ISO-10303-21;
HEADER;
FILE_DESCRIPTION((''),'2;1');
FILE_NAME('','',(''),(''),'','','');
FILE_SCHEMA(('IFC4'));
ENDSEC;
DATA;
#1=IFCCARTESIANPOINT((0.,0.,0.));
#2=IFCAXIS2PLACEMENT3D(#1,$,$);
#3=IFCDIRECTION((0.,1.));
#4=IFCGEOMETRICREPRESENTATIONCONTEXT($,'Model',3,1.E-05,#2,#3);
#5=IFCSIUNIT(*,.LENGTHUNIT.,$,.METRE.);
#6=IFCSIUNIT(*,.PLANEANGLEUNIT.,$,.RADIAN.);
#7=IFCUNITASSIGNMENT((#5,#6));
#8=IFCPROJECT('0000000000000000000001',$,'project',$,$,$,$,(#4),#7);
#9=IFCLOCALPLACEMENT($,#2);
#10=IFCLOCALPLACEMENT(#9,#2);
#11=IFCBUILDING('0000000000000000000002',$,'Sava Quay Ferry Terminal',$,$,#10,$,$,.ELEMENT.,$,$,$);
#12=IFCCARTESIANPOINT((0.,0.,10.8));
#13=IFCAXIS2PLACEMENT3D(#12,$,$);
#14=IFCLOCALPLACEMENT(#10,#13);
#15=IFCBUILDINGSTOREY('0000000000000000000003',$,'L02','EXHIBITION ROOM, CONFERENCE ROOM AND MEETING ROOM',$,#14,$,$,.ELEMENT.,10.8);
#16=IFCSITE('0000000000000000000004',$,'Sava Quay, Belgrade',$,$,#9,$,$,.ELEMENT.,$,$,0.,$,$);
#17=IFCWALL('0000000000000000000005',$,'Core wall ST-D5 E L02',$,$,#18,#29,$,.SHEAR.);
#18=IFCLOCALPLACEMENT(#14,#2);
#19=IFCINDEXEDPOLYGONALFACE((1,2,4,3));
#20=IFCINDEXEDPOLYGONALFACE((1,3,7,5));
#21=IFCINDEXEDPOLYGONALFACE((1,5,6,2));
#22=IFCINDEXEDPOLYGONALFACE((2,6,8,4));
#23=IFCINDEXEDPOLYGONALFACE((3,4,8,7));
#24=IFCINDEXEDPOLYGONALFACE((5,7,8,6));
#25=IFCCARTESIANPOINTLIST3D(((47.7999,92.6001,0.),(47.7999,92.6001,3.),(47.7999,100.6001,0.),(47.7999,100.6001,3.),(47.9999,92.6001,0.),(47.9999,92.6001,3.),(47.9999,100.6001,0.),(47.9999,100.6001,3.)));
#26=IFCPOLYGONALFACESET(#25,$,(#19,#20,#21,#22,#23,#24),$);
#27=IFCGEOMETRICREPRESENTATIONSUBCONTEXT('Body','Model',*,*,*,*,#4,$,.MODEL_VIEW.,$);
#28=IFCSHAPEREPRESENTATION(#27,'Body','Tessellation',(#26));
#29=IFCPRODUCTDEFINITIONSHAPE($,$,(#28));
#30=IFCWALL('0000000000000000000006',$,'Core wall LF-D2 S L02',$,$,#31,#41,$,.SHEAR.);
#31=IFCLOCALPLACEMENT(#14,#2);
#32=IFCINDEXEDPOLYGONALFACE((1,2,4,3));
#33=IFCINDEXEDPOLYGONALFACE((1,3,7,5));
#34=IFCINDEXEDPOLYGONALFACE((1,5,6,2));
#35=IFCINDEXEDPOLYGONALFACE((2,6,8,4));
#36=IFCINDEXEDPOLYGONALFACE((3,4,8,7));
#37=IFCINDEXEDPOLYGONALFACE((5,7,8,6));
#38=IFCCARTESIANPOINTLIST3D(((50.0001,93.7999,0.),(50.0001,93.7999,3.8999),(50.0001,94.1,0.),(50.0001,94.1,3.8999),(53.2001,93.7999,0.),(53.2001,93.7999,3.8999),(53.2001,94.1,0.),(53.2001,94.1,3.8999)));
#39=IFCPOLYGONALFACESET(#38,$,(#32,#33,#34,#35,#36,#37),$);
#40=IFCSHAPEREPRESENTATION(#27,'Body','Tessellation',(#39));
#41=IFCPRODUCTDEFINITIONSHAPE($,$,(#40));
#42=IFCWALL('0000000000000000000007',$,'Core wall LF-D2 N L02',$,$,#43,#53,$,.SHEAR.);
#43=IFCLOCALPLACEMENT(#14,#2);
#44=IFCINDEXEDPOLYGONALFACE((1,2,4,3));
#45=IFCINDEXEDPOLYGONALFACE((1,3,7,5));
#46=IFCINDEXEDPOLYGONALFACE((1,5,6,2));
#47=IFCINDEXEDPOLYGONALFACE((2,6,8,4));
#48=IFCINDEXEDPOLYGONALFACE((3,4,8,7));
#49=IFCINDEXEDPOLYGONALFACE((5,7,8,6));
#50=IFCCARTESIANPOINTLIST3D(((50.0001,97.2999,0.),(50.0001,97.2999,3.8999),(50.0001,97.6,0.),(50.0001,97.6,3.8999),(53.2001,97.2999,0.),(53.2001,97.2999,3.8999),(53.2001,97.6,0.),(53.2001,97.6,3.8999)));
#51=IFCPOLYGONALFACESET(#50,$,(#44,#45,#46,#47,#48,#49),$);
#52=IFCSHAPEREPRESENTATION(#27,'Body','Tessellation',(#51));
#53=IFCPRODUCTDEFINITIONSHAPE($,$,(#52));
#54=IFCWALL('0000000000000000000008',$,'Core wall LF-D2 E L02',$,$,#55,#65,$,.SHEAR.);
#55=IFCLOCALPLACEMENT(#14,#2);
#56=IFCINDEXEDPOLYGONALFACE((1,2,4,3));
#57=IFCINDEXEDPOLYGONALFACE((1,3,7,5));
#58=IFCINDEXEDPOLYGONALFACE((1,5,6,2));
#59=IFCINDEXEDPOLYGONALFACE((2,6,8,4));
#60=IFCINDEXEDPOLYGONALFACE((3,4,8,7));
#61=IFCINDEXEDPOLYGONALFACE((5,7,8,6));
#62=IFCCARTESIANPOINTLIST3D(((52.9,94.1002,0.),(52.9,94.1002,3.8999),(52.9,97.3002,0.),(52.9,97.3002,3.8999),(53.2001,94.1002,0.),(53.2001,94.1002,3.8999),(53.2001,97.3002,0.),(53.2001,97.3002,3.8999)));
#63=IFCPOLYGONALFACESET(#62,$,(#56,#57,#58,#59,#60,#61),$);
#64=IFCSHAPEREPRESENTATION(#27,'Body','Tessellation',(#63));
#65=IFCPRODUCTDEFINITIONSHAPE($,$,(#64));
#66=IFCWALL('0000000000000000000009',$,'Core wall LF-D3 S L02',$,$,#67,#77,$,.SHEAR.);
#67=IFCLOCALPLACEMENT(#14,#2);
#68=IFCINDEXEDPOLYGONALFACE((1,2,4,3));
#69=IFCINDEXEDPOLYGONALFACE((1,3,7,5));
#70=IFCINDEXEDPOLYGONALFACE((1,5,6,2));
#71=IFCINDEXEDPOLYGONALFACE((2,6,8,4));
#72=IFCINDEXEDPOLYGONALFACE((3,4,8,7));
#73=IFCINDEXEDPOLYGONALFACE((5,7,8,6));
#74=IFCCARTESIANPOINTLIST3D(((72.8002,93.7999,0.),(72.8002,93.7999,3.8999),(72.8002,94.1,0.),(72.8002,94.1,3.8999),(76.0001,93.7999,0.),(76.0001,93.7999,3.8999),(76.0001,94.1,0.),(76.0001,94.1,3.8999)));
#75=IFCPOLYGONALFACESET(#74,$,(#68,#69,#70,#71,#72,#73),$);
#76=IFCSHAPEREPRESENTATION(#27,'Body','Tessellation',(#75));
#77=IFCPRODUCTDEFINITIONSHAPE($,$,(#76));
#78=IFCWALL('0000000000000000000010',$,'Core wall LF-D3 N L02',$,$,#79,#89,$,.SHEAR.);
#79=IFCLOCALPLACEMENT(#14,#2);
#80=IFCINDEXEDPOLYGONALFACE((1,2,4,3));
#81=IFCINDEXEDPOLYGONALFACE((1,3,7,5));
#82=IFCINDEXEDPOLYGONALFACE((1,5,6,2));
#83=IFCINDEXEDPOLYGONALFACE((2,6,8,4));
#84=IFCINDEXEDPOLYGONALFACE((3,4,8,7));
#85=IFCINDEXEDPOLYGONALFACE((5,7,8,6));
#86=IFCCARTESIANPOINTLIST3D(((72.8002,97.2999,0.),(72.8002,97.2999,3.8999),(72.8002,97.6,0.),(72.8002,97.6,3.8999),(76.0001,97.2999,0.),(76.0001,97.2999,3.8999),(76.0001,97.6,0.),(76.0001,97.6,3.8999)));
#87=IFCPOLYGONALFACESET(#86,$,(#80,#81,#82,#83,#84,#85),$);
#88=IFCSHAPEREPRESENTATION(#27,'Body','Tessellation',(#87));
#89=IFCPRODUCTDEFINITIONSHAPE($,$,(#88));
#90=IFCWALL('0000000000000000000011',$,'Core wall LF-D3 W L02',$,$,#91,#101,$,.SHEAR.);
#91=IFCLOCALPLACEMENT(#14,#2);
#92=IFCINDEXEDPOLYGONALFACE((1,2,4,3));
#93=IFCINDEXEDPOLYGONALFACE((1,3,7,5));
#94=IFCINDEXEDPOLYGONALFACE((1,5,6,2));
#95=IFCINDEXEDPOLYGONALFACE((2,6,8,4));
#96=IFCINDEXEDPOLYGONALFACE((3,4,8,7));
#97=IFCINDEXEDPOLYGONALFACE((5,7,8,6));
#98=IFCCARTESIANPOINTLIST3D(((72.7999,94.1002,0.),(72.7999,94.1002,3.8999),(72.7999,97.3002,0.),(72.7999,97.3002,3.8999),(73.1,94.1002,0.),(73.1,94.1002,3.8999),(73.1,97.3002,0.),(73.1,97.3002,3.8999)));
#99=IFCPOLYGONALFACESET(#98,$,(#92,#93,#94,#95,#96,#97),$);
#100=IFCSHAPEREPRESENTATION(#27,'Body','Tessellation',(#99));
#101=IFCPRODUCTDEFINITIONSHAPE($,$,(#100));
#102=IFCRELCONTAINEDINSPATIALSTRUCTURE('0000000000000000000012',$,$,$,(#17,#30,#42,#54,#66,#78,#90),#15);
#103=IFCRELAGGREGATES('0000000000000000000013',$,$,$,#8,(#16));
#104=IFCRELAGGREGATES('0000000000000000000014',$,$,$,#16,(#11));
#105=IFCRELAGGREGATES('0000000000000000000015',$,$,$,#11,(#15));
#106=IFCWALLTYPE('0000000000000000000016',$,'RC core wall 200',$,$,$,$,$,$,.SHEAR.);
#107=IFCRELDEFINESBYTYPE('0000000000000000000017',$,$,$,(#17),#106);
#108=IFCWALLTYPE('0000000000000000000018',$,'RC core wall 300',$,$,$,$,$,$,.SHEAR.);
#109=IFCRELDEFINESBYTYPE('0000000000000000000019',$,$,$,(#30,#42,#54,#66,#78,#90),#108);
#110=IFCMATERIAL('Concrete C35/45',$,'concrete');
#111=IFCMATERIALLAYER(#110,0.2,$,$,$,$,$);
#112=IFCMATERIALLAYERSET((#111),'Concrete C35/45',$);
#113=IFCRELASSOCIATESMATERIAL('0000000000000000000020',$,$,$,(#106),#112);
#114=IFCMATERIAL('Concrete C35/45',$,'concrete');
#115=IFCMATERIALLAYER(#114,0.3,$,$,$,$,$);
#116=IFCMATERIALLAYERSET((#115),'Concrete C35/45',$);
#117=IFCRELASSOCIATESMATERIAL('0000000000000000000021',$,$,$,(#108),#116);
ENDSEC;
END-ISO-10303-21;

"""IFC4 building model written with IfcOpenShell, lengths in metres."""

from ifc_helpers import new_model, si_unit, direction, frame, frame_2d, origin, place, context, subcontext, project, spatial, rectangle, extrude, material, layer, layer_set, type_object, element, save


model = new_model("IFC4")

# Units and contexts
model_context = context("Model", 3, precision=1e-05, world=origin(), true_north=direction((0.0, 1.0)))
body_context = subcontext(model_context, "Body", "Model", "MODEL_VIEW")
ifc_project = project(units=[si_unit("LENGTHUNIT", "METRE"), si_unit("PLANEANGLEUNIT", "RADIAN")], contexts=[model_context])

# Site, building, storey
site_placement = place(None, origin())
site = spatial("IfcSite", under=ifc_project, at=site_placement, Name="Sava Quay, Belgrade", CompositionType="ELEMENT", RefElevation=0.0)
building_placement = place(site_placement, origin())
building = spatial("IfcBuilding", under=site, at=building_placement, Name="Sava Quay Ferry Terminal", CompositionType="ELEMENT")
storey_placement = place(building_placement, frame((0.0, 0.0, 10.8)))
storey = spatial("IfcBuildingStorey", under=building, at=storey_placement, Name="L02", Description="EXHIBITION ROOM, CONFERENCE ROOM AND MEETING ROOM", CompositionType="ELEMENT", Elevation=10.8)

# Walls
ifc_material_1 = material(Name="Concrete C35/45", Category="concrete")
ifc_layer_1 = layer(ifc_material_1, 0.2)
ifc_layer_set_1 = layer_set([ifc_layer_1], Name="Concrete C35/45")
wall_type_1 = type_object("IfcWallType", Name="RC core wall 200", PredefinedType="SHEAR", material=ifc_layer_set_1)
wall_1_placement = place(storey_placement, frame((47.8999, 92.6001, 0.0), z_axis=(0.0, 0.0, 1.0), x_axis=(0.0, 1.0, 0.0)))
element("IfcWall", 1, at=wall_1_placement, inside=storey, type_object=wall_type_1, Name="Core wall ST-D5 E L02", PredefinedType="SHEAR", context=body_context, shape_type="SweptSolid", body=[
    extrude(rectangle(XDim=8.0, YDim=0.2, at=frame_2d((4.0, 0.0))), origin(), (0.0, 0.0, 1.0), 3.0),
])
ifc_material_2 = material(Name="Concrete C35/45", Category="concrete")
ifc_layer_2 = layer(ifc_material_2, 0.3)
ifc_layer_set_2 = layer_set([ifc_layer_2], Name="Concrete C35/45")
wall_type_2 = type_object("IfcWallType", Name="RC core wall 300", PredefinedType="SHEAR", material=ifc_layer_set_2)
for number, where, z_axis, x_axis, name in (
    (2, (50.0, 93.95, 0.0), (0.0, 0.0, 1.0), (1.0, 0.0, 0.0), "Core wall LF-D2 S L02"),
    (3, (50.0, 97.45, 0.0), (0.0, 0.0, 1.0), (1.0, 0.0, 0.0), "Core wall LF-D2 N L02"),
):
    element("IfcWall", number, at=place(storey_placement, frame(where, z_axis=z_axis, x_axis=x_axis)), inside=storey, type_object=wall_type_2, Name=name, PredefinedType="SHEAR", context=body_context, shape_type="SweptSolid", body=[
        extrude(rectangle(XDim=3.2, YDim=0.3, at=frame_2d((1.6001, 0.0))), origin(), (0.0, 0.0, 1.0), 3.8999),
    ])

# Walls
for number, where, z_axis, x_axis, name in (
    (4, (53.05, 94.1001, 0.0), (0.0, 0.0, 1.0), (0.0, 1.0, 0.0), "Core wall LF-D2 E L02"),
    (5, (72.8, 93.95, 0.0), (0.0, 0.0, 1.0), (1.0, 0.0, 0.0), "Core wall LF-D3 S L02"),
    (6, (72.8, 97.45, 0.0), (0.0, 0.0, 1.0), (1.0, 0.0, 0.0), "Core wall LF-D3 N L02"),
    (7, (72.95, 94.1001, 0.0), (0.0, 0.0, 1.0), (0.0, 1.0, 0.0), "Core wall LF-D3 W L02"),
):
    element("IfcWall", number, at=place(storey_placement, frame(where, z_axis=z_axis, x_axis=x_axis)), inside=storey, type_object=wall_type_2, Name=name, PredefinedType="SHEAR", context=body_context, shape_type="SweptSolid", body=[
        extrude(rectangle(XDim=3.2, YDim=0.3, at=frame_2d((1.6001, 0.0))), origin(), (0.0, 0.0, 1.0), 3.8999),
    ])

save(model, "model.ifc")
